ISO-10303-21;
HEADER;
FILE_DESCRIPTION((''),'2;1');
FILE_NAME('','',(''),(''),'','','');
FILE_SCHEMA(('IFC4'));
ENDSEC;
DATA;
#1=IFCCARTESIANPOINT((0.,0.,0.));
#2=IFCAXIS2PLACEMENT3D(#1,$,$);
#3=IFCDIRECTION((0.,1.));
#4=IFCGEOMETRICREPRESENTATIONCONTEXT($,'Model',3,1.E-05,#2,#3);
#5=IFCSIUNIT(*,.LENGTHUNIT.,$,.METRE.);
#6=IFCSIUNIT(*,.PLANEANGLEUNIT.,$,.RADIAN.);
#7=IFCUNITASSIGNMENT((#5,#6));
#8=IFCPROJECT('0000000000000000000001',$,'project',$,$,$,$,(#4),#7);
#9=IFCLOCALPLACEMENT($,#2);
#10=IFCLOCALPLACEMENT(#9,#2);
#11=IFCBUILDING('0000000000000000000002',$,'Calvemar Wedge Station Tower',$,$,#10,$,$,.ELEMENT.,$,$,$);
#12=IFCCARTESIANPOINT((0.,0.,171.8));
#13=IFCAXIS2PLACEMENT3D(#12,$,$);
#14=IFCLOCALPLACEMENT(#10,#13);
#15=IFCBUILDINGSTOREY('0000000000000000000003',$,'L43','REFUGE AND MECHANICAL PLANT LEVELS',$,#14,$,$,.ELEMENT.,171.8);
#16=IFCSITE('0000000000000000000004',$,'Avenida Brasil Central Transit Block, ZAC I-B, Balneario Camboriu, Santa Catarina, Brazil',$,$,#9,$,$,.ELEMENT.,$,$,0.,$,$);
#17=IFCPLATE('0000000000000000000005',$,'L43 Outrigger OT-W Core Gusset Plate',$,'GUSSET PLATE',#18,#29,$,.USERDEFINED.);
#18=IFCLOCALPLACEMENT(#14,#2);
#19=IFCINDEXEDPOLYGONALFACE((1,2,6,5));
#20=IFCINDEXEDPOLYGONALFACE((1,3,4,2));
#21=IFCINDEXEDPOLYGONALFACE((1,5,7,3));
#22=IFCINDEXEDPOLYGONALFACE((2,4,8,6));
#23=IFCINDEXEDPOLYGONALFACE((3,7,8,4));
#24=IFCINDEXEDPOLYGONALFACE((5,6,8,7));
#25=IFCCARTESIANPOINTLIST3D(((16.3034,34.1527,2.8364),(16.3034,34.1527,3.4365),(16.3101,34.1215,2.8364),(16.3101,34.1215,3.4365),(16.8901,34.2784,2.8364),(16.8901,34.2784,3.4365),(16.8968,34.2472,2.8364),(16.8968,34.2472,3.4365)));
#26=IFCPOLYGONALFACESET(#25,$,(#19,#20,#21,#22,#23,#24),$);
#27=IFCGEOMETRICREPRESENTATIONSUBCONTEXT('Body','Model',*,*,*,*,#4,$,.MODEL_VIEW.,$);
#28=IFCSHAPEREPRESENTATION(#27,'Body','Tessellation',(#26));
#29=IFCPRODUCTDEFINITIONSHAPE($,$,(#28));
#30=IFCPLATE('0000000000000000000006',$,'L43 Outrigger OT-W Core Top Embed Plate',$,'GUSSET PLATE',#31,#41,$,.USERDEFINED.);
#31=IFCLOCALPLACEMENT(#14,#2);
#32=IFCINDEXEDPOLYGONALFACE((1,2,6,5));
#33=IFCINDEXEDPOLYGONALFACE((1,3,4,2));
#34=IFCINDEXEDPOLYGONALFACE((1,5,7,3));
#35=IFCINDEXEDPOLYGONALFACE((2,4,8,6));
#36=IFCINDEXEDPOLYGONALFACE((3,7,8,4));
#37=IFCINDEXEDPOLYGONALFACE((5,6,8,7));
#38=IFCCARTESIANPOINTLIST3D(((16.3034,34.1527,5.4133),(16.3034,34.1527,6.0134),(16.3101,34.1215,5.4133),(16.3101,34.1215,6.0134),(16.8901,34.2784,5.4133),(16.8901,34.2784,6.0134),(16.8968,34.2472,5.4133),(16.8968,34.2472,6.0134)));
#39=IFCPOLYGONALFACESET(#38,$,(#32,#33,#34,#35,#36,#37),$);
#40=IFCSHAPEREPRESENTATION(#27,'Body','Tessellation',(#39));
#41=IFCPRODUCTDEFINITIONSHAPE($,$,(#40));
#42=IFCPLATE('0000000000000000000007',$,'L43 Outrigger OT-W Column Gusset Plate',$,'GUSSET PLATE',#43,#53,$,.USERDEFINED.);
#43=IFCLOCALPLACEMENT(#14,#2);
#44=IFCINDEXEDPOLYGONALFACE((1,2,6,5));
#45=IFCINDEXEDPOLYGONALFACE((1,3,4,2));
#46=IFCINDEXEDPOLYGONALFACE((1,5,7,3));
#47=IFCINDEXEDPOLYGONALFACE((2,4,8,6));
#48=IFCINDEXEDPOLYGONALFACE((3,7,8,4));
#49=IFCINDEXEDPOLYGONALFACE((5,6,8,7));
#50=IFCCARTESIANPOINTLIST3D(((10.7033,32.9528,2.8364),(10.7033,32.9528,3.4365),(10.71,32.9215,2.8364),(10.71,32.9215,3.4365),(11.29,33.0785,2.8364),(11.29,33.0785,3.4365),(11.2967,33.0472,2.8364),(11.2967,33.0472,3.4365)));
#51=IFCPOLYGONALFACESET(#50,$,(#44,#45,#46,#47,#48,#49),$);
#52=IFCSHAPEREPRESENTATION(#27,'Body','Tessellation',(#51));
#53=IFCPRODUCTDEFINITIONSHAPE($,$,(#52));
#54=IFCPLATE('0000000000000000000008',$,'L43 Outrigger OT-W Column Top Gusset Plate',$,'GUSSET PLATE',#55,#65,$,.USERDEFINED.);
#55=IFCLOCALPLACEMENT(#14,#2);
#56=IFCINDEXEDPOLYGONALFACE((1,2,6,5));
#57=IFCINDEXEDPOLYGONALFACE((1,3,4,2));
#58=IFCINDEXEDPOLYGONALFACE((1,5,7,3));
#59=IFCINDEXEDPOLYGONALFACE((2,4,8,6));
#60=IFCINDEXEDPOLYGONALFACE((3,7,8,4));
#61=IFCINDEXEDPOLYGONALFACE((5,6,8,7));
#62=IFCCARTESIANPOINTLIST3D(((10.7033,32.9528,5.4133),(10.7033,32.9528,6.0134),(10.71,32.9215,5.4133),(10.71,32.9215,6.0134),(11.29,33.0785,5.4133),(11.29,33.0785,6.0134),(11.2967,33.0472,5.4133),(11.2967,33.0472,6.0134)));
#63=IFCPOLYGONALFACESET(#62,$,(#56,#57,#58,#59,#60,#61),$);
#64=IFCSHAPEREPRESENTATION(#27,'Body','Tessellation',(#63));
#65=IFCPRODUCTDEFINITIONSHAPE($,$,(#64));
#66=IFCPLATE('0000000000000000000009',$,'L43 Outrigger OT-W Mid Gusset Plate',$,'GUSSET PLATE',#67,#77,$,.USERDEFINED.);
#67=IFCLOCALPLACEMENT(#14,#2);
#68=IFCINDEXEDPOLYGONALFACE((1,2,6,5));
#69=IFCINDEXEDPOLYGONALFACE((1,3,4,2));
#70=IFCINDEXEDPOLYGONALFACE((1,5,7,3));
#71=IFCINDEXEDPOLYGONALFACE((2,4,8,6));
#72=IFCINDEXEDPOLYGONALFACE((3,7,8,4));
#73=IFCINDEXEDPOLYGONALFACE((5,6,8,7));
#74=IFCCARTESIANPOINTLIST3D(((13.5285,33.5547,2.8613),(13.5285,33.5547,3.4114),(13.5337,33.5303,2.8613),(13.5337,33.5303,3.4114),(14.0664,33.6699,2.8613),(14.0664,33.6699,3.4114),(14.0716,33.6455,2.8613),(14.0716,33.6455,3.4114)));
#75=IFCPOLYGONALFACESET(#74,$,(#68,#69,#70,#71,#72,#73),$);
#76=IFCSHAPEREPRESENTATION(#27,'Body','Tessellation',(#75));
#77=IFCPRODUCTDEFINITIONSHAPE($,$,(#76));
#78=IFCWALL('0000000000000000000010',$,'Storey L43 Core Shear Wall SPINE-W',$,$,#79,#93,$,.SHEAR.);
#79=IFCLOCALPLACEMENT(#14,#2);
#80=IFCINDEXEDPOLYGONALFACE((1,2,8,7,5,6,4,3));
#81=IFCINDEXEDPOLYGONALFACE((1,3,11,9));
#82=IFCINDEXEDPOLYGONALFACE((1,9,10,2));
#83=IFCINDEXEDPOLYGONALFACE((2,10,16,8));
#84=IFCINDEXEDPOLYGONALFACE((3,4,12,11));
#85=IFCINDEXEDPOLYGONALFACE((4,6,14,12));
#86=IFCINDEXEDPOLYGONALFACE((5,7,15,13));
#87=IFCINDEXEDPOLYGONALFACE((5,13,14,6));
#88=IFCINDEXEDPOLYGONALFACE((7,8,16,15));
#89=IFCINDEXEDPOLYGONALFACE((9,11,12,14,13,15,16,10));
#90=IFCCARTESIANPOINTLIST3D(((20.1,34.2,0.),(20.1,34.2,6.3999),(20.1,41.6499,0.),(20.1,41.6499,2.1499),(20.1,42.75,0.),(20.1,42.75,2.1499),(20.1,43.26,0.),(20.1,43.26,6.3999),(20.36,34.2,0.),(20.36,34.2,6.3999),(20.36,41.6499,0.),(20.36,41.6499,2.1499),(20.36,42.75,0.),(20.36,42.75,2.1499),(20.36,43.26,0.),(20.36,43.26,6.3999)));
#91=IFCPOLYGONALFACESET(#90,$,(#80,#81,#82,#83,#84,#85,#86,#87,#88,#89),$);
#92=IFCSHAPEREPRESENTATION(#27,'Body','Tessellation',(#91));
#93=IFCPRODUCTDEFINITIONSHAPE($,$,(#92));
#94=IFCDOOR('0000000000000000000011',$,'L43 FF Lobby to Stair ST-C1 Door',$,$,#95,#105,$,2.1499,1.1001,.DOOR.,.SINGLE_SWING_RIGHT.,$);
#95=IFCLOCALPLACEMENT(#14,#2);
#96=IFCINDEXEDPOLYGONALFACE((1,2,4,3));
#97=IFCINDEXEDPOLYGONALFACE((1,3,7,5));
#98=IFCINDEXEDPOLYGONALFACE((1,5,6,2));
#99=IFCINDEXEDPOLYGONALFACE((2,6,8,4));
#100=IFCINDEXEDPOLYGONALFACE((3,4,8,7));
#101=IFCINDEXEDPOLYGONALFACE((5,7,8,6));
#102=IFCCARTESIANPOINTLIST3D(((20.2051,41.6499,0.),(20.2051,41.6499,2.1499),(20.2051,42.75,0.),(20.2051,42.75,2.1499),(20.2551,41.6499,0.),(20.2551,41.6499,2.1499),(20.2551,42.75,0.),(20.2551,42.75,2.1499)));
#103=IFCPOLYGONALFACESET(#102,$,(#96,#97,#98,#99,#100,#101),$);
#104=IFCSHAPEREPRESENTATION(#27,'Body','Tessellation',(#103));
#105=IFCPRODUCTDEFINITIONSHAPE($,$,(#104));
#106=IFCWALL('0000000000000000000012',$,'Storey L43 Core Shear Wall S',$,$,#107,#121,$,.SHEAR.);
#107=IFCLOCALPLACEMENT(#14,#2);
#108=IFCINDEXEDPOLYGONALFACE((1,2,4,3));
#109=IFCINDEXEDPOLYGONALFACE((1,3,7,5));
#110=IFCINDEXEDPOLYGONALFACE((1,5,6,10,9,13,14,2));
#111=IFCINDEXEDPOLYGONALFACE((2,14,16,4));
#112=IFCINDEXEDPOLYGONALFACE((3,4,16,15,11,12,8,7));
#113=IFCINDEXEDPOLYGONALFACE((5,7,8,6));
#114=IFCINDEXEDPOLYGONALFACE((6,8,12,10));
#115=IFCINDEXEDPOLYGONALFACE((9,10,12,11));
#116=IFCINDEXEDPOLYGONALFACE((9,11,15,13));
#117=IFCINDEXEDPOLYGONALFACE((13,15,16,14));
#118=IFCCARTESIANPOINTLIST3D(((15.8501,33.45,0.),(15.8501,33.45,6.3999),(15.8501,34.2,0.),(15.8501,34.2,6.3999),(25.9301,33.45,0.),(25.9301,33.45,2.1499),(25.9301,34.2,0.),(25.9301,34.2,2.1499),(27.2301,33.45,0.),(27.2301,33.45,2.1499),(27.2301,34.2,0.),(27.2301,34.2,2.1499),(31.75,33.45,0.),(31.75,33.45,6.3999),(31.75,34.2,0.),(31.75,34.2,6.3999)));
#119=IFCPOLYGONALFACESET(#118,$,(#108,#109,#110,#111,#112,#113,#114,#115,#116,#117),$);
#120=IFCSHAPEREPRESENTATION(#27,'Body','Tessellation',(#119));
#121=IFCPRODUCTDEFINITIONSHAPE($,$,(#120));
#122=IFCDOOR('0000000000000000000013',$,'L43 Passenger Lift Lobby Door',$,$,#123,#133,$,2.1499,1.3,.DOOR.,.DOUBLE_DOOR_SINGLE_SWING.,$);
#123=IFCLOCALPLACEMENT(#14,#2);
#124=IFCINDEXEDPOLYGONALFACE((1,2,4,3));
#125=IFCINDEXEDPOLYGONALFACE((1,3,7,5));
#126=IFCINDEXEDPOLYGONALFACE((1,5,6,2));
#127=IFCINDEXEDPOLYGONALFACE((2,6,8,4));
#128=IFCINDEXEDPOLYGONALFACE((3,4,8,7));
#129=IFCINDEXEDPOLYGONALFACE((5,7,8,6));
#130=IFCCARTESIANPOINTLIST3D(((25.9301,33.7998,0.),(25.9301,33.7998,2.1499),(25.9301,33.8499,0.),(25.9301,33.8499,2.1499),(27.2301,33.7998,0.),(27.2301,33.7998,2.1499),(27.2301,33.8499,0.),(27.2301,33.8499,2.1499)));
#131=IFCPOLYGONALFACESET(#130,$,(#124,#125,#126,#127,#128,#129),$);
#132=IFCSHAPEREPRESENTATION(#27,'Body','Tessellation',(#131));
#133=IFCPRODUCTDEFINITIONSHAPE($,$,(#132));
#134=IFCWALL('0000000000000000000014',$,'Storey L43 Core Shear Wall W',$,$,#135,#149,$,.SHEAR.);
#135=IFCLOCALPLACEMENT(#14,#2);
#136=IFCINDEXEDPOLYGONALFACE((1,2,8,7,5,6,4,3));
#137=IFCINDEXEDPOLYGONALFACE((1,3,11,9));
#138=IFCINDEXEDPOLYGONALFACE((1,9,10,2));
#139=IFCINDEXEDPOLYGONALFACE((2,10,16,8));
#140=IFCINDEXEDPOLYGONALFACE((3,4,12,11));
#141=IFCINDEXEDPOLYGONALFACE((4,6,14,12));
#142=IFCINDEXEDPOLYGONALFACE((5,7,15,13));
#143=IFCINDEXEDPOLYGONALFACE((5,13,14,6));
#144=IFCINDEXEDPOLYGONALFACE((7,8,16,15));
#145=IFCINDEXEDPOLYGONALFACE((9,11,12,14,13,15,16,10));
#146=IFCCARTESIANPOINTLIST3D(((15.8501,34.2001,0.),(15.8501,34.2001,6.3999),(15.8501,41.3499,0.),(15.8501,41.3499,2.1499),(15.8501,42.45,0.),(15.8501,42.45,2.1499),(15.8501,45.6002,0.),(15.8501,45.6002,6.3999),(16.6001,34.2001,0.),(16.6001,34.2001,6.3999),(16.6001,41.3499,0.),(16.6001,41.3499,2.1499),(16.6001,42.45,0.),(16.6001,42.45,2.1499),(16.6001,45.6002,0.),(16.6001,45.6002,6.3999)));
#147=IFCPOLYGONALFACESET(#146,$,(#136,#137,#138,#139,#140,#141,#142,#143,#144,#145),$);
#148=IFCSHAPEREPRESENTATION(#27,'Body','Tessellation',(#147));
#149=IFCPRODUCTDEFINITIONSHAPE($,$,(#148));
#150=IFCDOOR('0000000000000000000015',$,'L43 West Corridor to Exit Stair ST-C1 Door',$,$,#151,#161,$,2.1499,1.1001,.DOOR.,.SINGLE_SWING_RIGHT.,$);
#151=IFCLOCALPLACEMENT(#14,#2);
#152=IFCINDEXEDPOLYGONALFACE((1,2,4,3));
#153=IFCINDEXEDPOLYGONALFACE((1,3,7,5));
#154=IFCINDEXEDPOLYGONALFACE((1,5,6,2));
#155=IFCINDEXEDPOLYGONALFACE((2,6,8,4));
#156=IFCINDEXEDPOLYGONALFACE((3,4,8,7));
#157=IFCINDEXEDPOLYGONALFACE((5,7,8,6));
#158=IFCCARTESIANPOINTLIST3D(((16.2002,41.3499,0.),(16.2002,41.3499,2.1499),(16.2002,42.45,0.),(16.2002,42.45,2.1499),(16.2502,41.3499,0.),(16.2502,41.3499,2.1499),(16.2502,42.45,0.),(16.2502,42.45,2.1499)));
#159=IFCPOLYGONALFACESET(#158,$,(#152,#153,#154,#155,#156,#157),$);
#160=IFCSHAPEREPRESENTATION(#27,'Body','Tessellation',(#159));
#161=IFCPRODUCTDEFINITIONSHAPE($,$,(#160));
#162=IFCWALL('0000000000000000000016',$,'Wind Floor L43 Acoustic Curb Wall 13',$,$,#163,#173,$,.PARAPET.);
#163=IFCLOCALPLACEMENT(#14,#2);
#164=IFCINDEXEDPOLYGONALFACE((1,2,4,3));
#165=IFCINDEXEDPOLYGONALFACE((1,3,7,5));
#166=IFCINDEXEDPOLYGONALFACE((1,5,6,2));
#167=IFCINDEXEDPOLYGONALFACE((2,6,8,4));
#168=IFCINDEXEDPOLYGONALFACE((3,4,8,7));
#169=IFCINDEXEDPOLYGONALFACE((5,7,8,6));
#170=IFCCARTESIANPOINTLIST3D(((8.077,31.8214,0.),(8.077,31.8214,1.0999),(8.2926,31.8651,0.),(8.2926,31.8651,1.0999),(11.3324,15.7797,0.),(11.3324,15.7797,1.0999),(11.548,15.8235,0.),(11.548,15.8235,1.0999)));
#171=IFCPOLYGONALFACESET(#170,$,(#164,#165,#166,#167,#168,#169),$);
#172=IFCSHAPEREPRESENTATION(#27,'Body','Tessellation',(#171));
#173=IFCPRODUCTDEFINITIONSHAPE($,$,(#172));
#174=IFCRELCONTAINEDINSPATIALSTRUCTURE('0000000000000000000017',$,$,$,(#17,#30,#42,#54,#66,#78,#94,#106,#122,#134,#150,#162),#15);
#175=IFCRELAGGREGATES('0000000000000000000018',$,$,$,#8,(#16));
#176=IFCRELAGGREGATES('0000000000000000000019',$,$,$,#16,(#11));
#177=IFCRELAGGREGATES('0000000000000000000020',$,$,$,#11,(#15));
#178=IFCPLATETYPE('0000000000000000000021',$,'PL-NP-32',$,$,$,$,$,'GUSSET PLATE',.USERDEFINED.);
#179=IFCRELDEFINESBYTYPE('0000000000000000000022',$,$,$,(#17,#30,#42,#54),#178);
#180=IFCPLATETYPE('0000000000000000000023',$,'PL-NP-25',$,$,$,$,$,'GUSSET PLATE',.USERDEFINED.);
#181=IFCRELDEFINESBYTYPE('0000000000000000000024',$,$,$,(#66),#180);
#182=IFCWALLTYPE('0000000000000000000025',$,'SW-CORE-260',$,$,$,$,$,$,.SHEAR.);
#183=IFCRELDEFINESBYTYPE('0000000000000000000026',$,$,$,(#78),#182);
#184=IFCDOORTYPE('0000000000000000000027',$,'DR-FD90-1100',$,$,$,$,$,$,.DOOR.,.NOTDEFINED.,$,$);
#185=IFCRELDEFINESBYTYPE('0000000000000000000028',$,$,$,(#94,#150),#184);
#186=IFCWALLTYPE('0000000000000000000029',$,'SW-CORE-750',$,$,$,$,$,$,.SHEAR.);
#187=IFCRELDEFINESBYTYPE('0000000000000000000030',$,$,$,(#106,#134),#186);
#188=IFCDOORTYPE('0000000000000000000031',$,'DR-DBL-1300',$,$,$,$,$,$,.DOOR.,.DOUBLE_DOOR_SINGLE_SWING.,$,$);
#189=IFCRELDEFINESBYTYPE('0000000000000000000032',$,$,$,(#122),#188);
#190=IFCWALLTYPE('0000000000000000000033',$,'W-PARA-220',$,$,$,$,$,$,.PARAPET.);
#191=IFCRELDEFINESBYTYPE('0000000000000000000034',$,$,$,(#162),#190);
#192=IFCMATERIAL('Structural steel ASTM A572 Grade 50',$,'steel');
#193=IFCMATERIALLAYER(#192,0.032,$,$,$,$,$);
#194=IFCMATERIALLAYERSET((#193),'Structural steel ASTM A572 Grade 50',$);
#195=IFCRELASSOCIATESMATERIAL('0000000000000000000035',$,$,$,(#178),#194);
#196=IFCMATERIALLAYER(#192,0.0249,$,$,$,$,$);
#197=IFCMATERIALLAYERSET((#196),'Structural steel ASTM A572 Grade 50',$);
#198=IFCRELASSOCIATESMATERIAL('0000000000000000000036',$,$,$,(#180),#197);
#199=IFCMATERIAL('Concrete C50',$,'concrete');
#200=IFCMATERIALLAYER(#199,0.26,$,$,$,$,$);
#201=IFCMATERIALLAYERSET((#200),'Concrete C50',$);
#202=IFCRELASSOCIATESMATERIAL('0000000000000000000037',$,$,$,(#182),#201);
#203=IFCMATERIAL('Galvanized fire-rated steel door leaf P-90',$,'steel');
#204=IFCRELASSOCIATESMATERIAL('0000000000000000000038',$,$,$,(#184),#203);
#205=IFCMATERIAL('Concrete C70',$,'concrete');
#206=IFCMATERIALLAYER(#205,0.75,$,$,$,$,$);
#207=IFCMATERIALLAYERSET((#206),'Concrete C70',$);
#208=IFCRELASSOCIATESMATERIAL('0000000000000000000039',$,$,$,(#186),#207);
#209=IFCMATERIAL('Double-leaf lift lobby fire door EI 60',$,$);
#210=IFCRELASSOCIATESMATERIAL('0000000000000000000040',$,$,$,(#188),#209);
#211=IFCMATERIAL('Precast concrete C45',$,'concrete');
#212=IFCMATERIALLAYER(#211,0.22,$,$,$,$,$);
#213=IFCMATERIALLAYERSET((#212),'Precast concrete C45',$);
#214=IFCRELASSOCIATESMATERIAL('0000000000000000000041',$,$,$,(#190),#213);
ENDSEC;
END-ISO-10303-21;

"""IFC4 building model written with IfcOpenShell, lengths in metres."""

from ifc_helpers import new_model, si_unit, direction, frame, frame_2d, origin, origin_2d, place, context, subcontext, project, spatial, rectangle, extrude, source, transform, mapped, material, layer, layer_set, type_object, element, fill, save


model = new_model("IFC4")

# Units and contexts
model_context = context("Model", 3, precision=1e-05, world=origin(), true_north=direction((0.0, 1.0)))
body_context = subcontext(model_context, "Body", "Model", "MODEL_VIEW")
ifc_project = project(units=[si_unit("LENGTHUNIT", "METRE"), si_unit("PLANEANGLEUNIT", "RADIAN")], contexts=[model_context])

# Site, building, storey
site_placement = place(None, origin())
site = spatial("IfcSite", under=ifc_project, at=site_placement, Name="Avenida Brasil Central Transit Block, ZAC I-B, Balneario Camboriu, Santa Catarina, Brazil", CompositionType="ELEMENT", RefElevation=0.0)
building_placement = place(site_placement, origin())
building = spatial("IfcBuilding", under=site, at=building_placement, Name="Calvemar Wedge Station Tower", CompositionType="ELEMENT")
storey_placement = place(building_placement, frame((0.0, 0.0, 171.8)))
storey = spatial("IfcBuildingStorey", under=building, at=storey_placement, Name="L43", Description="REFUGE AND MECHANICAL PLANT LEVELS", CompositionType="ELEMENT", Elevation=171.8)

# Shared definitions
ifc_material_1 = material(Name="Concrete C70", Category="concrete")
ifc_material_2 = material(Name="Structural steel ASTM A572 Grade 50", Category="steel")

# Plates
ifc_layer_1 = layer(ifc_material_2, 0.032)
ifc_layer_set_1 = layer_set([ifc_layer_1], Name="Structural steel ASTM A572 Grade 50")
plate_type_1 = type_object("IfcPlateType", Name="PL-NP-32", ElementType="GUSSET PLATE", PredefinedType="USERDEFINED", material=ifc_layer_set_1)
shared_shape_1 = source(origin(), body_context, "Body", "SweptSolid", [
    extrude(rectangle(XDim=0.6001, YDim=0.032, at=origin_2d()), origin(), (0.0, 0.0, 1.0), 0.6001),
])
for number, where, z_axis, x_axis, name in (
    (1, (16.6001, 34.2, 2.8364), (0.0, 0.0, 1.0), (-0.97782, -0.209448, 0.0), "L43 Outrigger OT-W Core Gusset Plate"),
    (2, (16.6001, 34.2, 5.4133), (0.0, 0.0, 1.0), (-0.97782, -0.209448, 0.0), "L43 Outrigger OT-W Core Top Embed Plate"),
    (3, (11.0, 33.0, 2.8364), (0.0, 0.0, 1.0), (-0.97782, -0.209448, 0.0), "L43 Outrigger OT-W Column Gusset Plate"),
    (4, (11.0, 33.0, 5.4133), (0.0, 0.0, 1.0), (-0.97782, -0.209448, 0.0), "L43 Outrigger OT-W Column Top Gusset Plate"),
):
    element("IfcPlate", number, at=place(storey_placement, frame(where, z_axis=z_axis, x_axis=x_axis)), inside=storey, type_object=plate_type_1, Name=name, ObjectType="GUSSET PLATE", PredefinedType="USERDEFINED", context=body_context, shape_type="MappedRepresentation", body=[
        mapped(shared_shape_1, transform((0.0, 0.0, 0.0), scale=1.0)),
    ])
ifc_layer_2 = layer(ifc_material_2, 0.0249)
ifc_layer_set_2 = layer_set([ifc_layer_2], Name="Structural steel ASTM A572 Grade 50")
plate_type_2 = type_object("IfcPlateType", Name="PL-NP-25", ElementType="GUSSET PLATE", PredefinedType="USERDEFINED", material=ifc_layer_set_2)
shared_shape_2 = source(origin(), body_context, "Body", "SweptSolid", [
    extrude(rectangle(XDim=0.55, YDim=0.0249, at=origin_2d()), origin(), (0.0, 0.0, 1.0), 0.55),
])
plate_1_placement = place(storey_placement, frame((13.8, 33.6001, 2.8613), z_axis=(0.0, 0.0, 1.0), x_axis=(-0.97782, -0.209448, 0.0)))
element("IfcPlate", 5, at=plate_1_placement, inside=storey, type_object=plate_type_2, Name="L43 Outrigger OT-W Mid Gusset Plate", ObjectType="GUSSET PLATE", PredefinedType="USERDEFINED", context=body_context, shape_type="MappedRepresentation", body=[
    mapped(shared_shape_2, transform((0.0, 0.0, 0.0), scale=1.0)),
])

# Walls, openings, doors
ifc_material_3 = material(Name="Concrete C50", Category="concrete")
ifc_layer_3 = layer(ifc_material_3, 0.26)
ifc_layer_set_3 = layer_set([ifc_layer_3], Name="Concrete C50")
wall_type_1 = type_object("IfcWallType", Name="SW-CORE-260", PredefinedType="SHEAR", material=ifc_layer_set_3)
wall_1_placement = place(storey_placement, frame((20.23, 34.2, 0.0), z_axis=(0.0, 0.0, 1.0), x_axis=(0.0, 1.0, 0.0)))
wall_1 = element("IfcWall", 6, at=wall_1_placement, inside=storey, type_object=wall_type_1, Name="Storey L43 Core Shear Wall SPINE-W", PredefinedType="SHEAR", context=body_context, shape_type="SweptSolid", body=[
    extrude(rectangle(XDim=9.0601, YDim=0.26, at=frame_2d((4.53, 0.0))), origin(), (0.0, 0.0, 1.0), 6.3999),
])
shared_shape_3 = source(origin(), body_context, "Body", "SweptSolid", [
    extrude(rectangle(XDim=1.1001, YDim=2.1499, at=frame_2d((0.55, 1.075))), frame((0.0, 0.1401, 0.0), z_axis=(0.0, -1.0, 0.0), x_axis=(1.0, 0.0, 0.0)), (0.0, 0.0, 1.0), 0.28),
])
opening_1_placement = place(wall_1_placement, frame((7.45, 0.0, 0.0)))
opening_1 = element("IfcOpeningElement", 7, at=opening_1_placement, cuts=wall_1, PredefinedType="OPENING", context=body_context, shape_type="MappedRepresentation", body=[
    mapped(shared_shape_3, transform((0.0, 0.0, 0.0), scale=1.0)),
])
ifc_material_4 = material(Name="Galvanized fire-rated steel door leaf P-90", Category="steel")
door_type_1 = type_object("IfcDoorType", Name="DR-FD90-1100", OperationType="NOTDEFINED", PredefinedType="DOOR", material=ifc_material_4)
shared_shape_4 = source(origin(), body_context, "Body", "SweptSolid", [
    extrude(rectangle(XDim=1.1001, YDim=2.1499, at=frame_2d((0.55, 1.075))), frame((0.0, 0.0249, 0.0), z_axis=(0.0, -1.0, 0.0), x_axis=(1.0, 0.0, 0.0)), (0.0, 0.0, 1.0), 0.05),
])
door_1_placement = place(opening_1_placement, origin())
door_1 = element("IfcDoor", 8, at=door_1_placement, inside=storey, type_object=door_type_1, Name="L43 FF Lobby to Stair ST-C1 Door", OperationType="SINGLE_SWING_RIGHT", OverallHeight=2.1499, OverallWidth=1.1001, PredefinedType="DOOR", context=body_context, shape_type="MappedRepresentation", body=[
    mapped(shared_shape_4, transform((0.0, 0.0, 0.0), scale=1.0)),
])
fill(opening_1, door_1)
ifc_layer_4 = layer(ifc_material_1, 0.75)
ifc_layer_set_4 = layer_set([ifc_layer_4], Name="Concrete C70")
wall_type_2 = type_object("IfcWallType", Name="SW-CORE-750", PredefinedType="SHEAR", material=ifc_layer_set_4)
wall_2_placement = place(storey_placement, frame((15.8501, 33.825, 0.0), z_axis=(0.0, 0.0, 1.0), x_axis=(1.0, 0.0, 0.0)))
wall_2 = element("IfcWall", 9, at=wall_2_placement, inside=storey, type_object=wall_type_2, Name="Storey L43 Core Shear Wall S", PredefinedType="SHEAR", context=body_context, shape_type="SweptSolid", body=[
    extrude(rectangle(XDim=15.8999, YDim=0.75, at=frame_2d((7.95, 0.0))), origin(), (0.0, 0.0, 1.0), 6.3999),
])
shared_shape_5 = source(origin(), body_context, "Body", "SweptSolid", [
    extrude(rectangle(XDim=1.3, YDim=2.1499, at=frame_2d((0.6499, 1.075))), frame((0.0, 0.385, 0.0), z_axis=(0.0, -1.0, 0.0), x_axis=(1.0, 0.0, 0.0)), (0.0, 0.0, 1.0), 0.77),
])
opening_2_placement = place(wall_2_placement, frame((10.0801, 0.0, 0.0)))
opening_2 = element("IfcOpeningElement", 10, at=opening_2_placement, cuts=wall_2, PredefinedType="OPENING", context=body_context, shape_type="MappedRepresentation", body=[
    mapped(shared_shape_5, transform((0.0, 0.0, 0.0), scale=1.0)),
])
ifc_material_5 = material(Name="Double-leaf lift lobby fire door EI 60")
door_type_2 = type_object("IfcDoorType", Name="DR-DBL-1300", OperationType="DOUBLE_DOOR_SINGLE_SWING", PredefinedType="DOOR", material=ifc_material_5)
shared_shape_6 = source(origin(), body_context, "Body", "SweptSolid", [
    extrude(rectangle(XDim=1.3, YDim=2.1499, at=frame_2d((0.6499, 1.075))), frame((0.0, 0.0249, 0.0), z_axis=(0.0, -1.0, 0.0), x_axis=(1.0, 0.0, 0.0)), (0.0, 0.0, 1.0), 0.05),
])
door_2_placement = place(opening_2_placement, origin())
door_2 = element("IfcDoor", 11, at=door_2_placement, inside=storey, type_object=door_type_2, Name="L43 Passenger Lift Lobby Door", OperationType="DOUBLE_DOOR_SINGLE_SWING", OverallHeight=2.1499, OverallWidth=1.3, PredefinedType="DOOR", context=body_context, shape_type="MappedRepresentation", body=[
    mapped(shared_shape_6, transform((0.0, 0.0, 0.0), scale=1.0)),
])
fill(opening_2, door_2)
wall_3_placement = place(storey_placement, frame((16.2251, 34.2, 0.0), z_axis=(0.0, 0.0, 1.0), x_axis=(0.0, 1.0, 0.0)))
wall_3 = element("IfcWall", 12, at=wall_3_placement, inside=storey, type_object=wall_type_2, Name="Storey L43 Core Shear Wall W", PredefinedType="SHEAR", context=body_context, shape_type="SweptSolid", body=[
    extrude(rectangle(XDim=11.4001, YDim=0.75, at=frame_2d((5.7002, 0.0))), origin(), (0.0, 0.0, 1.0), 6.3999),
])
shared_shape_7 = source(origin(), body_context, "Body", "SweptSolid", [
    extrude(rectangle(XDim=1.1001, YDim=2.1499, at=frame_2d((0.55, 1.075))), frame((0.0, 0.385, 0.0), z_axis=(0.0, -1.0, 0.0), x_axis=(1.0, 0.0, 0.0)), (0.0, 0.0, 1.0), 0.77),
])
opening_3_placement = place(wall_3_placement, frame((7.1499, 0.0, 0.0)))
opening_3 = element("IfcOpeningElement", 13, at=opening_3_placement, cuts=wall_3, PredefinedType="OPENING", context=body_context, shape_type="MappedRepresentation", body=[
    mapped(shared_shape_7, transform((0.0, 0.0, 0.0), scale=1.0)),
])
door_3_placement = place(opening_3_placement, origin())
door_3 = element("IfcDoor", 14, at=door_3_placement, inside=storey, type_object=door_type_1, Name="L43 West Corridor to Exit Stair ST-C1 Door", OperationType="SINGLE_SWING_RIGHT", OverallHeight=2.1499, OverallWidth=1.1001, PredefinedType="DOOR", context=body_context, shape_type="MappedRepresentation", body=[
    mapped(shared_shape_4, transform((0.0, 0.0, 0.0), scale=1.0)),
])
fill(opening_3, door_3)

# Wall
ifc_material_6 = material(Name="Precast concrete C45", Category="concrete")
ifc_layer_5 = layer(ifc_material_6, 0.22)
ifc_layer_set_5 = layer_set([ifc_layer_5], Name="Precast concrete C45")
wall_type_3 = type_object("IfcWallType", Name="W-PARA-220", PredefinedType="PARAPET", material=ifc_layer_set_5)
wall_4_placement = place(storey_placement, frame((8.1848, 31.8433, 0.0), z_axis=(0.0, 0.0, 1.0), x_axis=(0.198878, -0.980024, 0.0)))
element("IfcWall", 15, at=wall_4_placement, inside=storey, type_object=wall_type_3, Name="Wind Floor L43 Acoustic Curb Wall 13", PredefinedType="PARAPET", context=body_context, shape_type="SweptSolid", body=[
    extrude(rectangle(XDim=16.3687, YDim=0.22, at=frame_2d((8.1843, 0.0))), origin(), (0.0, 0.0, 1.0), 1.0999),
])

save(model, "model.ifc")
